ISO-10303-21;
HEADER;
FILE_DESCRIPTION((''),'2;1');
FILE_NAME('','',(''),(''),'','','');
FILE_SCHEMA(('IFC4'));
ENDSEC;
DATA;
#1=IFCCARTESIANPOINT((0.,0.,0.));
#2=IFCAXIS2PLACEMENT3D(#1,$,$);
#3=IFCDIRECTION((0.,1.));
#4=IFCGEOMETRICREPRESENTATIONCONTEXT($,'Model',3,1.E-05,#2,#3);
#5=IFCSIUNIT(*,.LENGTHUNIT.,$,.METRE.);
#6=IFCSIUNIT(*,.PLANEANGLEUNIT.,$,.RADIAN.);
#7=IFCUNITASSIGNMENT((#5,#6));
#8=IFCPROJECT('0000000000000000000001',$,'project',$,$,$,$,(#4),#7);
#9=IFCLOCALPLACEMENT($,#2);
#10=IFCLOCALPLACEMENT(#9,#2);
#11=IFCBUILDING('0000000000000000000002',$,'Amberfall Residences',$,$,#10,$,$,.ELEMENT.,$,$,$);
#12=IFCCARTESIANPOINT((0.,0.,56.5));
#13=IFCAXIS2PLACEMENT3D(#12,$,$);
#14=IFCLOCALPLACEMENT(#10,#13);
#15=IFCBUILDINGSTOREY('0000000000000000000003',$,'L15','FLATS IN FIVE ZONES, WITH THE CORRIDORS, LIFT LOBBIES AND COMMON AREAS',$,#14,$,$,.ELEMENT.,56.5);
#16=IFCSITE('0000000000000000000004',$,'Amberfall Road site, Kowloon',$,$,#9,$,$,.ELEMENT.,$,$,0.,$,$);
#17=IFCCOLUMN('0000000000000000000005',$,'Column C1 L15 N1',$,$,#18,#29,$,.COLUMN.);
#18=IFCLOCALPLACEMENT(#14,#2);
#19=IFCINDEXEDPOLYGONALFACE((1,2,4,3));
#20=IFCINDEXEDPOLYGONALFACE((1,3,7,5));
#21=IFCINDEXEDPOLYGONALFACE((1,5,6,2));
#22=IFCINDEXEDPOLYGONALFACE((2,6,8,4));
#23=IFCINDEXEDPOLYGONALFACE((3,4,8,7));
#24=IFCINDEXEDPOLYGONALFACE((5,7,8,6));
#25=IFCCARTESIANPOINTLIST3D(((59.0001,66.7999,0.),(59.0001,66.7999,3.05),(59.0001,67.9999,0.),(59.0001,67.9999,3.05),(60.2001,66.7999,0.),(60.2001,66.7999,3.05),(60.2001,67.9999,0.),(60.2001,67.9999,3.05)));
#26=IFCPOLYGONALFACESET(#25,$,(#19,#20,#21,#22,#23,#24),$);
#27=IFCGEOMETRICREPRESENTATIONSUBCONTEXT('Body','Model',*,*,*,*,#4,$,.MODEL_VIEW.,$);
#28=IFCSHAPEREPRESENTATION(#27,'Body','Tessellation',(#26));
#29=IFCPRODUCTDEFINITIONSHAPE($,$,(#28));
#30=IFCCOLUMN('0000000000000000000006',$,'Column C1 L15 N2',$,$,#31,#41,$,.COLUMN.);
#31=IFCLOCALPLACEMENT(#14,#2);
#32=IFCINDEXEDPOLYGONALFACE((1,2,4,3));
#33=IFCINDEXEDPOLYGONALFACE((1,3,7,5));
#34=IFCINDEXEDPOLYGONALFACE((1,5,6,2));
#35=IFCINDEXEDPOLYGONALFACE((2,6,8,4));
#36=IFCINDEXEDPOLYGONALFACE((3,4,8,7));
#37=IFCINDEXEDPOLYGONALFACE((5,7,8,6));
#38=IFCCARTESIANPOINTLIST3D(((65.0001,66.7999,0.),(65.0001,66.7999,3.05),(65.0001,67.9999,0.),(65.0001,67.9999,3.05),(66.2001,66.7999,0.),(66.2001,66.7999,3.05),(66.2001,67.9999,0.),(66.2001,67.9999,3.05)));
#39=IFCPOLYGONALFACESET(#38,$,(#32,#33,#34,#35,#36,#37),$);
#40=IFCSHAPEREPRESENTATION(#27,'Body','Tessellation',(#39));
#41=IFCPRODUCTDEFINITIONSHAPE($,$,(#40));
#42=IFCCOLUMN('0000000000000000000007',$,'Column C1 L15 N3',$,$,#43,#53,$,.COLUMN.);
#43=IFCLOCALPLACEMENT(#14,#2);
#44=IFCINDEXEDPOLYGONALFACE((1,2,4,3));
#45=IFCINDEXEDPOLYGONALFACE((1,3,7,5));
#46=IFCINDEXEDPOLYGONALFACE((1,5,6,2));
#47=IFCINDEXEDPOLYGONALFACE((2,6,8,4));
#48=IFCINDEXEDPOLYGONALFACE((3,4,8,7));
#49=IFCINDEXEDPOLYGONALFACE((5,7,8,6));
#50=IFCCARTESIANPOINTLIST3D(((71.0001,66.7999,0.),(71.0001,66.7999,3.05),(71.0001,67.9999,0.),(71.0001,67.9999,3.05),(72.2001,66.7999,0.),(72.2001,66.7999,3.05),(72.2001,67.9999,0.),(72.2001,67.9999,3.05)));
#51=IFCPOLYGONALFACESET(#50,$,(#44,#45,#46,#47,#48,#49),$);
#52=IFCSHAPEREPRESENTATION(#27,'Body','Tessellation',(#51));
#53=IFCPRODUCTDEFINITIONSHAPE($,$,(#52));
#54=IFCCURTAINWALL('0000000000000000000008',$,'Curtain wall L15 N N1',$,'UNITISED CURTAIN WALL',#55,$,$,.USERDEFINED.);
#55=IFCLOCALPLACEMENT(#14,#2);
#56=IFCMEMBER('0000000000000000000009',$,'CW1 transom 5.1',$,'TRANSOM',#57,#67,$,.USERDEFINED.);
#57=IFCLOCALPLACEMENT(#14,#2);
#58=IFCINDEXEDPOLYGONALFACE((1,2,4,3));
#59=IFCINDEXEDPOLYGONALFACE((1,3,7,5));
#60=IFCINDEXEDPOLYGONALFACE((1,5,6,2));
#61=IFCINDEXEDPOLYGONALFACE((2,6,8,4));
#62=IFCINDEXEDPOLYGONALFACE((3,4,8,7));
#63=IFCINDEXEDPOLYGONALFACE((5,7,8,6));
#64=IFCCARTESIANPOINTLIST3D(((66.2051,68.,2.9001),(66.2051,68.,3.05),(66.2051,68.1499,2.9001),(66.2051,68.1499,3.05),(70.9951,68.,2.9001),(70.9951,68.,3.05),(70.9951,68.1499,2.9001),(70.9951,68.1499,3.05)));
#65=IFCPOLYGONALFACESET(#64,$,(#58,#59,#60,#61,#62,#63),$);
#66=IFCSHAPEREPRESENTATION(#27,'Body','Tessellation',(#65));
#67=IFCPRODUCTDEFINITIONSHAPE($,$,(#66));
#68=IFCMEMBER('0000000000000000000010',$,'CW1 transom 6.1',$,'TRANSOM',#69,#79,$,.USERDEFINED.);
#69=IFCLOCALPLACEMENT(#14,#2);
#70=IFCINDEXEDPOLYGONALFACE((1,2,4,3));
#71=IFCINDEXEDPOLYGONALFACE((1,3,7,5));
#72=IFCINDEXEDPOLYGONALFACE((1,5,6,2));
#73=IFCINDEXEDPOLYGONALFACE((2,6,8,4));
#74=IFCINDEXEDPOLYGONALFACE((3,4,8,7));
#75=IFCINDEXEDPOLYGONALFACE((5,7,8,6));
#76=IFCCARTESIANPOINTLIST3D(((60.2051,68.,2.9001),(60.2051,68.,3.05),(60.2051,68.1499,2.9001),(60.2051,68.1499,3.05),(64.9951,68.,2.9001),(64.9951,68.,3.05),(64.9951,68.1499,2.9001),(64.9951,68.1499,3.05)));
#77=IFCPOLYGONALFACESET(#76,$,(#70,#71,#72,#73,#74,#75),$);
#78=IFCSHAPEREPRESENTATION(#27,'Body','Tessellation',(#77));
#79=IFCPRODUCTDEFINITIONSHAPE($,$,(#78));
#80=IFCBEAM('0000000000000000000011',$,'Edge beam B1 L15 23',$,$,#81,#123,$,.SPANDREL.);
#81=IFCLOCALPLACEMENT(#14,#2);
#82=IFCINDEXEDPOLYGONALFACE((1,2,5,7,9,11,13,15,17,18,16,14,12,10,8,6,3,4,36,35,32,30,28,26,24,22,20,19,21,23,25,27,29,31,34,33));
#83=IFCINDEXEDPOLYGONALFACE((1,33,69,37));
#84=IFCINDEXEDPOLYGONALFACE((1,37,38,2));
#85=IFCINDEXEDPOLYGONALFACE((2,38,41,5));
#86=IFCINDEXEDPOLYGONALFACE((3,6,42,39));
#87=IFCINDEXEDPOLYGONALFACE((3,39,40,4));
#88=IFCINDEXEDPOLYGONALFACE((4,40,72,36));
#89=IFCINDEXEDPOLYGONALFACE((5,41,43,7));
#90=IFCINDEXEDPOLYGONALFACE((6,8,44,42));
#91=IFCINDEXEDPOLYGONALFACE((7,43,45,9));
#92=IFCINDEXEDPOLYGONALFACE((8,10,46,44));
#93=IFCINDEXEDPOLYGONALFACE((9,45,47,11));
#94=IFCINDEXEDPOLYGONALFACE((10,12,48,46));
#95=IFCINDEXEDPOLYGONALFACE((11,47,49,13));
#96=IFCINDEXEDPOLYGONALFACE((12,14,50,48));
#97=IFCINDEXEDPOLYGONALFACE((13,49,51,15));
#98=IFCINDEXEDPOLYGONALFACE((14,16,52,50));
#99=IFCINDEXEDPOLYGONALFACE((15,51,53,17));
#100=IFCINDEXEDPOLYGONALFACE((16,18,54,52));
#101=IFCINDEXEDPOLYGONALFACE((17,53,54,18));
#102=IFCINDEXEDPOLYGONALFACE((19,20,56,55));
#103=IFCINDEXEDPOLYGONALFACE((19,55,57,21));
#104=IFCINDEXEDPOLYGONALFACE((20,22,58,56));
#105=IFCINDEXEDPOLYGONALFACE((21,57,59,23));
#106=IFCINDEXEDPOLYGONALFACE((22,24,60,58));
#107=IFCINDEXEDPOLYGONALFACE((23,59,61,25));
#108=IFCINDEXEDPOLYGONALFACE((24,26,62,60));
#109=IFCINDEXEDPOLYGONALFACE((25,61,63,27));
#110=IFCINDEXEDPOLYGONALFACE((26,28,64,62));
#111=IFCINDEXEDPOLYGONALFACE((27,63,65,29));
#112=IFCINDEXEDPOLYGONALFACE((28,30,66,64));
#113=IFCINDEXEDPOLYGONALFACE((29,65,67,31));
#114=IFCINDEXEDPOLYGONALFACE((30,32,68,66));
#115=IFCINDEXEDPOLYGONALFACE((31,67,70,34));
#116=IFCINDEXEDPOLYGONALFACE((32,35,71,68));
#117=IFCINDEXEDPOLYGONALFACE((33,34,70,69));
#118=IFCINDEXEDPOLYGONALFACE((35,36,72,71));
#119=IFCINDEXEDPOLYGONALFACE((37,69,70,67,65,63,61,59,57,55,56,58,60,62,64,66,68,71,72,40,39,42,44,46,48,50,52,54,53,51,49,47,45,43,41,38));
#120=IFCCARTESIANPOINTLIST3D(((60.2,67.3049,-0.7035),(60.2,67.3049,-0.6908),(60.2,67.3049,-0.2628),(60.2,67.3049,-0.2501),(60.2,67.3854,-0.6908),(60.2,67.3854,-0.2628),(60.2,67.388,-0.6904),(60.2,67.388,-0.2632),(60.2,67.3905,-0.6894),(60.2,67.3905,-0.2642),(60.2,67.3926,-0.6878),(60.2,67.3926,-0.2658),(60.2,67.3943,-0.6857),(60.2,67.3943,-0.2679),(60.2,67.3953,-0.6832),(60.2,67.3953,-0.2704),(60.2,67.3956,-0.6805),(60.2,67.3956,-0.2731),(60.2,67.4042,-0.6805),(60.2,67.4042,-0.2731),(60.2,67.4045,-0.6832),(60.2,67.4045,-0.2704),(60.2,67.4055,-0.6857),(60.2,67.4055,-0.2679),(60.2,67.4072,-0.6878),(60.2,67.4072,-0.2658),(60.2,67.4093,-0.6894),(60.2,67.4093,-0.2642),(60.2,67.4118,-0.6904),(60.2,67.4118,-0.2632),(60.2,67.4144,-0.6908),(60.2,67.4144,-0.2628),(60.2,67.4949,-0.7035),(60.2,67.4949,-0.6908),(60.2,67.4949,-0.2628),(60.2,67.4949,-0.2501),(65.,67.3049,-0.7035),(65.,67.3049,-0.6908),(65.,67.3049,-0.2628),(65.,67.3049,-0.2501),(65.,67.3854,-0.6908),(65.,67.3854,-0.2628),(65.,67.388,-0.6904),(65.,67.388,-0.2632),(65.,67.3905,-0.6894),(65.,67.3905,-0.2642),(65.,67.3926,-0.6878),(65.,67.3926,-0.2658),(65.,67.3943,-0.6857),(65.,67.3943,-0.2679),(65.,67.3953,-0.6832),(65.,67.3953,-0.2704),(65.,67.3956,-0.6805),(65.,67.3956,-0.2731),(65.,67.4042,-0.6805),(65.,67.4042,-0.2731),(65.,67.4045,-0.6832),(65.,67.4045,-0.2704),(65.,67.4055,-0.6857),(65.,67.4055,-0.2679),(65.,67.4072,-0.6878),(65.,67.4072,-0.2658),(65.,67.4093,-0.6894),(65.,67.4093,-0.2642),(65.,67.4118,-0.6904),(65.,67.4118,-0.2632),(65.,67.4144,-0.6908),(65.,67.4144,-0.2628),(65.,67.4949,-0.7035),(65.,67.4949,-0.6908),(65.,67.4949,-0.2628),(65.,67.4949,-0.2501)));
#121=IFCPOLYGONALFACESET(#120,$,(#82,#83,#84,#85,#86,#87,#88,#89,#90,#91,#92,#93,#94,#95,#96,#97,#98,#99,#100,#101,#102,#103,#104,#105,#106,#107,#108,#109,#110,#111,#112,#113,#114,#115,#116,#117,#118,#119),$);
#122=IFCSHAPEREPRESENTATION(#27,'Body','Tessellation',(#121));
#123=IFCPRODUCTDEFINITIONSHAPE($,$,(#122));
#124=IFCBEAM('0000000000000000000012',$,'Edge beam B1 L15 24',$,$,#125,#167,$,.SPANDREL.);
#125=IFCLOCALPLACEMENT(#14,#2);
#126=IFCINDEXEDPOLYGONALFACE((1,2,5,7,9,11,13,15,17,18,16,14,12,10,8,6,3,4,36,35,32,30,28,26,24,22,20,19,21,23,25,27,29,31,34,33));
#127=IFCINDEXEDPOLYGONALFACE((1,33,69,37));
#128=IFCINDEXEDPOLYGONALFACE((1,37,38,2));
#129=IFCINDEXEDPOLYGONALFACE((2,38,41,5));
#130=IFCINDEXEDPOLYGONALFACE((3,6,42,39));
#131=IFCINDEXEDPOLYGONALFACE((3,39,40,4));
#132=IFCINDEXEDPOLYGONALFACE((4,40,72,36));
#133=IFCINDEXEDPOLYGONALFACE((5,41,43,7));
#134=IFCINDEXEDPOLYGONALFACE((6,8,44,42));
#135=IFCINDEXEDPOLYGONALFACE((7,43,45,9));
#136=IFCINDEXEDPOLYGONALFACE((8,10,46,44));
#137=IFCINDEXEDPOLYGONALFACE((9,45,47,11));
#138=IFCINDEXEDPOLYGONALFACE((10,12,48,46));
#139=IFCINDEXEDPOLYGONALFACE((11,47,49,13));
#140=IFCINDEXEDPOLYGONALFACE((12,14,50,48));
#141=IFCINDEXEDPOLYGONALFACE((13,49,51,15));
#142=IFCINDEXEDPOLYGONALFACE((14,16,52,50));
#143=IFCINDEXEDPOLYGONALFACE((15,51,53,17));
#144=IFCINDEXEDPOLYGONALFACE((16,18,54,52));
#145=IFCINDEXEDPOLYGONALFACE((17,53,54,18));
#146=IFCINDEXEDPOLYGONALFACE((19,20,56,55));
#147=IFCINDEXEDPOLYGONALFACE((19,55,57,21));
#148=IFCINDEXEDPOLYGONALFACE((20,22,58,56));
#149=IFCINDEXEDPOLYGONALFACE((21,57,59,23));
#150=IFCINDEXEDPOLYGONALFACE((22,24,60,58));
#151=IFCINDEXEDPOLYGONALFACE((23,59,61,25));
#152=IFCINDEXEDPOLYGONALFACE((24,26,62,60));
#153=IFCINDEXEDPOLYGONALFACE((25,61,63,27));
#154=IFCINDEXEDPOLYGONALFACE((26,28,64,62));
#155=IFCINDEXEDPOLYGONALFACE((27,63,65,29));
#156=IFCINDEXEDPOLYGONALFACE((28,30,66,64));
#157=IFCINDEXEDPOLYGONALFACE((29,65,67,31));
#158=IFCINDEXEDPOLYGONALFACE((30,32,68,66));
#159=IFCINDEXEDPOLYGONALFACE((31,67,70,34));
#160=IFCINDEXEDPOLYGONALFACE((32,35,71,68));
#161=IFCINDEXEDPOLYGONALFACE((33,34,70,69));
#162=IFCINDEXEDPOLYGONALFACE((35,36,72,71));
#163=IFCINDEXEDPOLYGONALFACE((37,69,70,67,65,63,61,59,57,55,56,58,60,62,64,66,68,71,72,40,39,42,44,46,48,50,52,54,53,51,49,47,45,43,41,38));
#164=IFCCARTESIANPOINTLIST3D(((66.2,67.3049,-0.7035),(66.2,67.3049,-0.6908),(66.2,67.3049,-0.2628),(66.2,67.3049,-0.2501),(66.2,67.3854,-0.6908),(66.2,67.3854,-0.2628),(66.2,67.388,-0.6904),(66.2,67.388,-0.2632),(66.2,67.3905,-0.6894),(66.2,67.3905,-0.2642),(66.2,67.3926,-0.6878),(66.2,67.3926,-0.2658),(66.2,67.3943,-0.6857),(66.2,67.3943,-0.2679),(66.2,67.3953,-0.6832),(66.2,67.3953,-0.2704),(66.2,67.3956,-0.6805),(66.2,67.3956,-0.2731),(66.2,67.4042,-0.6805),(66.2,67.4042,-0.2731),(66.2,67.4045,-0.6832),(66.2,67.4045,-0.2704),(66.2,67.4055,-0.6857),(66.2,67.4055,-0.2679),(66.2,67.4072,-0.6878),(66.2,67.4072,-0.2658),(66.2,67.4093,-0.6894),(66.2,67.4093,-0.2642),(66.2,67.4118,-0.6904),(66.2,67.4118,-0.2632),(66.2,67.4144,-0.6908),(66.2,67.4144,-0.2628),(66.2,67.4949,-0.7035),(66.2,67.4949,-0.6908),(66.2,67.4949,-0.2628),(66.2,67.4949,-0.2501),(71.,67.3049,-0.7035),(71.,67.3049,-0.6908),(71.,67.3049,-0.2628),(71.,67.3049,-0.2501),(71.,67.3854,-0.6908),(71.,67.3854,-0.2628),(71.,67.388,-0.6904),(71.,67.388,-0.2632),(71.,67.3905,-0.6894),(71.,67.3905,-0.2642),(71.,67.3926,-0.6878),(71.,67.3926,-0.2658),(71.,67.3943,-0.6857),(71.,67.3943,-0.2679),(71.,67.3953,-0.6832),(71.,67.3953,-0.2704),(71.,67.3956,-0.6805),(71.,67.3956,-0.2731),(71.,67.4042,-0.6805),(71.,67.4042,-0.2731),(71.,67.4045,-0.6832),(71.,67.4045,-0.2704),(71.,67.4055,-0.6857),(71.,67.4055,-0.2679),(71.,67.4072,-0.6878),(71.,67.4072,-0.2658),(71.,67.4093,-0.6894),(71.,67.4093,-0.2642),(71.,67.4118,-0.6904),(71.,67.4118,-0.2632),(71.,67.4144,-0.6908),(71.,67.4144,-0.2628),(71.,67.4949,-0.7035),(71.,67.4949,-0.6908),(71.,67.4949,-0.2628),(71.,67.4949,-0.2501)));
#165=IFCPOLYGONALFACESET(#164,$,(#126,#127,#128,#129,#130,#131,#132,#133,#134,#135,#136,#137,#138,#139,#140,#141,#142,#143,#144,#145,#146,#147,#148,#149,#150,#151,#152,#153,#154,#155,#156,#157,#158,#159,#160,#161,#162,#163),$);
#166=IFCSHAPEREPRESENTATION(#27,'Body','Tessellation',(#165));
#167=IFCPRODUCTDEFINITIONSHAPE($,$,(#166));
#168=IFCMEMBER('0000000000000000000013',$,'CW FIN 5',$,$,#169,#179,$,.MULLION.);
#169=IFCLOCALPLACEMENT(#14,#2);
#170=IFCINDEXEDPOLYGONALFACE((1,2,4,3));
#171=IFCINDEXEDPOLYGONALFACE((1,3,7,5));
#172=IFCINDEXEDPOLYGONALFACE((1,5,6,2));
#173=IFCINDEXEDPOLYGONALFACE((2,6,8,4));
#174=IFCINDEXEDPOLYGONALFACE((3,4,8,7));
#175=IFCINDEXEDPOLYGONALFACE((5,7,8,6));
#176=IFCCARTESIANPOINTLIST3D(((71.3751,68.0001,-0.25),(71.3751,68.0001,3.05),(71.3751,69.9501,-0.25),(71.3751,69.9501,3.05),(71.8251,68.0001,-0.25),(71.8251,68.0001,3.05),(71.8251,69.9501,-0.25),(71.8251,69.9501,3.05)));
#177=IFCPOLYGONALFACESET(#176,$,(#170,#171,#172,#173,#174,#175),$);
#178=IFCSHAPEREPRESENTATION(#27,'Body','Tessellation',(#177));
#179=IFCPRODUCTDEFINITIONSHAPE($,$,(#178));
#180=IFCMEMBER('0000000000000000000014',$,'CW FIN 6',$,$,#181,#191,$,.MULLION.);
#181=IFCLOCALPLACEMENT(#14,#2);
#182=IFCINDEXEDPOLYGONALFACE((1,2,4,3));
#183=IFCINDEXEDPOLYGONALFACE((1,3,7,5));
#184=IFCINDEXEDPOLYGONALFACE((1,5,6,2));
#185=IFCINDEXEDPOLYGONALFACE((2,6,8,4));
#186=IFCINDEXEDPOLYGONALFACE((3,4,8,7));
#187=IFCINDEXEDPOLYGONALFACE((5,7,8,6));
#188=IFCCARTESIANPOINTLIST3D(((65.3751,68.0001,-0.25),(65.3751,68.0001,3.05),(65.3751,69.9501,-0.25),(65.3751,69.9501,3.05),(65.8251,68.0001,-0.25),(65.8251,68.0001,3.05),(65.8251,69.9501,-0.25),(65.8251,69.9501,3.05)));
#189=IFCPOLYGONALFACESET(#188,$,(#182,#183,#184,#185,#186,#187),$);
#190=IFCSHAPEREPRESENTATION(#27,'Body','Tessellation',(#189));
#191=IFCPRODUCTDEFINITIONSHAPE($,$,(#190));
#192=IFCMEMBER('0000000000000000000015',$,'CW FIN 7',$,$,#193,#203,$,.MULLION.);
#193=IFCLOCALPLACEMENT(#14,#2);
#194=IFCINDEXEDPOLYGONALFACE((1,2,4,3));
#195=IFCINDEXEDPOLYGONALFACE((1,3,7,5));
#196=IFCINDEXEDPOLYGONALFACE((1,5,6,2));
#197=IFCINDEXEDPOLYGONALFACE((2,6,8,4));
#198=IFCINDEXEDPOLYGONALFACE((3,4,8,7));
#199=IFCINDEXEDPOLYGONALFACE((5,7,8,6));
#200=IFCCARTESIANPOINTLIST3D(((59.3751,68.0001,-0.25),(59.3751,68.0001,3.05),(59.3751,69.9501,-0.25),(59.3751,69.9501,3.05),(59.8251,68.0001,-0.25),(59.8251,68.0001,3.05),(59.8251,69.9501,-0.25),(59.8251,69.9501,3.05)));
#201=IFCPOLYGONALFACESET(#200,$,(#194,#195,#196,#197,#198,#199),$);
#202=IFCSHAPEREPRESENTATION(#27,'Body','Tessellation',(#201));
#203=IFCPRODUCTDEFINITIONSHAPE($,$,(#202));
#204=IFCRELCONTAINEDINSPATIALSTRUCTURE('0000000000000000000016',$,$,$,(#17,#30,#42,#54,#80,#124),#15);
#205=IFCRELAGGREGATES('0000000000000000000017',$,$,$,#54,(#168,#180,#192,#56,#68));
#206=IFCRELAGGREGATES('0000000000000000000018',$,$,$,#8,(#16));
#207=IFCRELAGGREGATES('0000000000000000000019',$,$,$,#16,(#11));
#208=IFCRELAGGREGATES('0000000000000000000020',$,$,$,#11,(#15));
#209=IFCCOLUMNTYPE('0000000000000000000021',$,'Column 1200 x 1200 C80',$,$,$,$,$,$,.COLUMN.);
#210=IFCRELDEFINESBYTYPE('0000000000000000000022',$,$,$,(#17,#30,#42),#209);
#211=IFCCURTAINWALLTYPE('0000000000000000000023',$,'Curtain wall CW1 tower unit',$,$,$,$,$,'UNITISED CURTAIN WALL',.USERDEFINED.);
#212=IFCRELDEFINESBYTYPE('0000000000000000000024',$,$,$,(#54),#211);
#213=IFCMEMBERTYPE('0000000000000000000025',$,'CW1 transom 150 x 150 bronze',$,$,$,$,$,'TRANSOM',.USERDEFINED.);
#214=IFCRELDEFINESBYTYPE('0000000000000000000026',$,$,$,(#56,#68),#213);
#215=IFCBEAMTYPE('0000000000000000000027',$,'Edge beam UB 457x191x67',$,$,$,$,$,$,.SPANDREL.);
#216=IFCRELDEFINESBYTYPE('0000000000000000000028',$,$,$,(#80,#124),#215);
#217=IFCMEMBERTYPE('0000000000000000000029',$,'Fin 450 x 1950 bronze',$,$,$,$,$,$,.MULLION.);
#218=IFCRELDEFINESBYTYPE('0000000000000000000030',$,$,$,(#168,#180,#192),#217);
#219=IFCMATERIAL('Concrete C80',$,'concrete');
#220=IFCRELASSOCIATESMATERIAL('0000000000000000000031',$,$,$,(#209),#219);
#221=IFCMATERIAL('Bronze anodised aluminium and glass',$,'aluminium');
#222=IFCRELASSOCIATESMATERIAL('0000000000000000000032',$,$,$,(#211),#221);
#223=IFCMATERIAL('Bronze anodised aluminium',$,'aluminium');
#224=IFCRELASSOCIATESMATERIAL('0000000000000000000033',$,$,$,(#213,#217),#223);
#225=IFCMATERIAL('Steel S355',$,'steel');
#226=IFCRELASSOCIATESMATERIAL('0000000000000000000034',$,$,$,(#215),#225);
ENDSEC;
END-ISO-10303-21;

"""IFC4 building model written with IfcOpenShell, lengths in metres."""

from ifc_helpers import new_model, si_unit, direction, frame, origin, origin_2d, place, context, subcontext, project, spatial, rectangle, i_section, extrude, material, material_profile, profile_set, type_object, element, aggregate, save


model = new_model("IFC4")

# Units and contexts
model_context = context("Model", 3, precision=1e-05, world=origin(), true_north=direction((0.0, 1.0)))
body_context = subcontext(model_context, "Body", "Model", "MODEL_VIEW")
ifc_project = project(units=[si_unit("LENGTHUNIT", "METRE"), si_unit("PLANEANGLEUNIT", "RADIAN")], contexts=[model_context])

# Site, building, storey
site_placement = place(None, origin())
site = spatial("IfcSite", under=ifc_project, at=site_placement, Name="Amberfall Road site, Kowloon", CompositionType="ELEMENT", RefElevation=0.0)
building_placement = place(site_placement, origin())
building = spatial("IfcBuilding", under=site, at=building_placement, Name="Amberfall Residences", CompositionType="ELEMENT")
storey_placement = place(building_placement, frame((0.0, 0.0, 56.5)))
storey = spatial("IfcBuildingStorey", under=building, at=storey_placement, Name="L15", Description="FLATS IN FIVE ZONES, WITH THE CORRIDORS, LIFT LOBBIES AND COMMON AREAS", CompositionType="ELEMENT", Elevation=56.5)

# Columns
ifc_material_1 = material(Name="Concrete C80", Category="concrete")
ifc_material_profile_1 = material_profile(ifc_material_1, rectangle(XDim=1.2, YDim=1.2, at=origin_2d()), Name="Column 1200 x 1200 C80")
ifc_profile_set_1 = profile_set([ifc_material_profile_1], Name="Concrete C80")
column_type = type_object("IfcColumnType", Name="Column 1200 x 1200 C80", PredefinedType="COLUMN", material=ifc_profile_set_1)
for number, where, z_axis, x_axis, name in (
    (1, (59.6001, 67.3999, 0.0), (0.0, 0.0, 1.0), (1.0, 0.0, 0.0), "Column C1 L15 N1"),
    (2, (65.6001, 67.3999, 0.0), (0.0, 0.0, 1.0), (1.0, 0.0, 0.0), "Column C1 L15 N2"),
    (3, (71.6001, 67.3999, 0.0), (0.0, 0.0, 1.0), (1.0, 0.0, 0.0), "Column C1 L15 N3"),
):
    element("IfcColumn", number, at=place(storey_placement, frame(where, z_axis=z_axis, x_axis=x_axis)), inside=storey, type_object=column_type, Name=name, PredefinedType="COLUMN", context=body_context, shape_type="SweptSolid", body=[
        extrude(rectangle(XDim=1.2, YDim=1.2, at=origin_2d()), origin(), (0.0, 0.0, 1.0), 3.05),
    ])

# Curtain wall, members
ifc_material_2 = material(Name="Bronze anodised aluminium and glass", Category="aluminium")
curtain_wall_type = type_object("IfcCurtainWallType", Name="Curtain wall CW1 tower unit", ElementType="UNITISED CURTAIN WALL", PredefinedType="USERDEFINED", material=ifc_material_2)
curtain_wall_placement = place(storey_placement, origin())
curtain_wall = element("IfcCurtainWall", 4, at=curtain_wall_placement, inside=storey, type_object=curtain_wall_type, Name="Curtain wall L15 N N1", ObjectType="UNITISED CURTAIN WALL", PredefinedType="USERDEFINED")
ifc_material_3 = material(Name="Bronze anodised aluminium", Category="aluminium")
ifc_material_profile_2 = material_profile(ifc_material_3, rectangle(XDim=0.1499, YDim=0.1499, at=origin_2d()), Name="CW1 transom 150 x 150 bronze")
ifc_profile_set_2 = profile_set([ifc_material_profile_2], Name="Bronze anodised aluminium")
member_type_1 = type_object("IfcMemberType", Name="CW1 transom 150 x 150 bronze", ElementType="TRANSOM", PredefinedType="USERDEFINED", material=ifc_profile_set_2)
member_1_placement = place(storey_placement, frame((70.9951, 68.075, 2.9751), z_axis=(-1.0, 0.0, 0.0), x_axis=(0.0, -1.0, 0.0)))
member_1 = element("IfcMember", 5, at=member_1_placement, type_object=member_type_1, Name="CW1 transom 5.1", ObjectType="TRANSOM", PredefinedType="USERDEFINED", context=body_context, shape_type="SweptSolid", body=[
    extrude(rectangle(XDim=0.1499, YDim=0.1499, at=origin_2d()), origin(), (0.0, 0.0, 1.0), 4.79),
])
member_2_placement = place(storey_placement, frame((64.9951, 68.075, 2.9751), z_axis=(-1.0, 0.0, 0.0), x_axis=(0.0, -1.0, 0.0)))
member_2 = element("IfcMember", 6, at=member_2_placement, type_object=member_type_1, Name="CW1 transom 6.1", ObjectType="TRANSOM", PredefinedType="USERDEFINED", context=body_context, shape_type="SweptSolid", body=[
    extrude(rectangle(XDim=0.1499, YDim=0.1499, at=origin_2d()), origin(), (0.0, 0.0, 1.0), 4.79),
])

# Beams
ifc_material_4 = material(Name="Steel S355", Category="steel")
ifc_material_profile_3 = material_profile(ifc_material_4, i_section(OverallWidth=0.1899, OverallDepth=0.4534, WebThickness=0.0085, FlangeThickness=0.0127, FilletRadius=0.0103, at=origin_2d()), Name="UB 457x191x67")
ifc_profile_set_3 = profile_set([ifc_material_profile_3], Name="Steel S355")
beam_type_1 = type_object("IfcBeamType", Name="Edge beam UB 457x191x67", PredefinedType="SPANDREL", material=ifc_profile_set_3)
for number, where, z_axis, x_axis, name in (
    (7, (60.2, 67.3999, -0.4768), (1.0, 0.0, 0.0), (0.0, 1.0, 0.0), "Edge beam B1 L15 23"),
    (8, (66.2, 67.3999, -0.4768), (1.0, 0.0, 0.0), (0.0, 1.0, 0.0), "Edge beam B1 L15 24"),
):
    element("IfcBeam", number, at=place(storey_placement, frame(where, z_axis=z_axis, x_axis=x_axis)), inside=storey, type_object=beam_type_1, Name=name, PredefinedType="SPANDREL", context=body_context, shape_type="SweptSolid", body=[
        extrude(i_section(OverallWidth=0.1899, OverallDepth=0.4534, WebThickness=0.0085, FlangeThickness=0.0127, FilletRadius=0.0103, at=origin_2d()), origin(), (0.0, 0.0, 1.0), 4.8),
    ])

# Members
ifc_material_profile_4 = material_profile(ifc_material_3, rectangle(XDim=1.95, YDim=0.45, at=origin_2d()), Name="Fin 450 x 1950 bronze")
ifc_profile_set_4 = profile_set([ifc_material_profile_4], Name="Bronze anodised aluminium")
member_type_2 = type_object("IfcMemberType", Name="Fin 450 x 1950 bronze", PredefinedType="MULLION", material=ifc_profile_set_4)
member_3_placement = place(storey_placement, frame((71.6001, 68.9751, -0.25), z_axis=(0.0, 0.0, 1.0), x_axis=(0.0, -1.0, 0.0)))
member_3 = element("IfcMember", 9, at=member_3_placement, type_object=member_type_2, Name="CW FIN 5", PredefinedType="MULLION", context=body_context, shape_type="SweptSolid", body=[
    extrude(rectangle(XDim=1.95, YDim=0.45, at=origin_2d()), origin(), (0.0, 0.0, 1.0), 3.3),
])
member_4_placement = place(storey_placement, frame((65.6001, 68.9751, -0.25), z_axis=(0.0, 0.0, 1.0), x_axis=(0.0, -1.0, 0.0)))
member_4 = element("IfcMember", 10, at=member_4_placement, type_object=member_type_2, Name="CW FIN 6", PredefinedType="MULLION", context=body_context, shape_type="SweptSolid", body=[
    extrude(rectangle(XDim=1.95, YDim=0.45, at=origin_2d()), origin(), (0.0, 0.0, 1.0), 3.3),
])
member_5_placement = place(storey_placement, frame((59.6001, 68.9751, -0.25), z_axis=(0.0, 0.0, 1.0), x_axis=(0.0, -1.0, 0.0)))
member_5 = element("IfcMember", 11, at=member_5_placement, type_object=member_type_2, Name="CW FIN 7", PredefinedType="MULLION", context=body_context, shape_type="SweptSolid", body=[
    extrude(rectangle(XDim=1.95, YDim=0.45, at=origin_2d()), origin(), (0.0, 0.0, 1.0), 3.3),
])

aggregate(curtain_wall, [member_3, member_4, member_5, member_1, member_2])

save(model, "model.ifc")
